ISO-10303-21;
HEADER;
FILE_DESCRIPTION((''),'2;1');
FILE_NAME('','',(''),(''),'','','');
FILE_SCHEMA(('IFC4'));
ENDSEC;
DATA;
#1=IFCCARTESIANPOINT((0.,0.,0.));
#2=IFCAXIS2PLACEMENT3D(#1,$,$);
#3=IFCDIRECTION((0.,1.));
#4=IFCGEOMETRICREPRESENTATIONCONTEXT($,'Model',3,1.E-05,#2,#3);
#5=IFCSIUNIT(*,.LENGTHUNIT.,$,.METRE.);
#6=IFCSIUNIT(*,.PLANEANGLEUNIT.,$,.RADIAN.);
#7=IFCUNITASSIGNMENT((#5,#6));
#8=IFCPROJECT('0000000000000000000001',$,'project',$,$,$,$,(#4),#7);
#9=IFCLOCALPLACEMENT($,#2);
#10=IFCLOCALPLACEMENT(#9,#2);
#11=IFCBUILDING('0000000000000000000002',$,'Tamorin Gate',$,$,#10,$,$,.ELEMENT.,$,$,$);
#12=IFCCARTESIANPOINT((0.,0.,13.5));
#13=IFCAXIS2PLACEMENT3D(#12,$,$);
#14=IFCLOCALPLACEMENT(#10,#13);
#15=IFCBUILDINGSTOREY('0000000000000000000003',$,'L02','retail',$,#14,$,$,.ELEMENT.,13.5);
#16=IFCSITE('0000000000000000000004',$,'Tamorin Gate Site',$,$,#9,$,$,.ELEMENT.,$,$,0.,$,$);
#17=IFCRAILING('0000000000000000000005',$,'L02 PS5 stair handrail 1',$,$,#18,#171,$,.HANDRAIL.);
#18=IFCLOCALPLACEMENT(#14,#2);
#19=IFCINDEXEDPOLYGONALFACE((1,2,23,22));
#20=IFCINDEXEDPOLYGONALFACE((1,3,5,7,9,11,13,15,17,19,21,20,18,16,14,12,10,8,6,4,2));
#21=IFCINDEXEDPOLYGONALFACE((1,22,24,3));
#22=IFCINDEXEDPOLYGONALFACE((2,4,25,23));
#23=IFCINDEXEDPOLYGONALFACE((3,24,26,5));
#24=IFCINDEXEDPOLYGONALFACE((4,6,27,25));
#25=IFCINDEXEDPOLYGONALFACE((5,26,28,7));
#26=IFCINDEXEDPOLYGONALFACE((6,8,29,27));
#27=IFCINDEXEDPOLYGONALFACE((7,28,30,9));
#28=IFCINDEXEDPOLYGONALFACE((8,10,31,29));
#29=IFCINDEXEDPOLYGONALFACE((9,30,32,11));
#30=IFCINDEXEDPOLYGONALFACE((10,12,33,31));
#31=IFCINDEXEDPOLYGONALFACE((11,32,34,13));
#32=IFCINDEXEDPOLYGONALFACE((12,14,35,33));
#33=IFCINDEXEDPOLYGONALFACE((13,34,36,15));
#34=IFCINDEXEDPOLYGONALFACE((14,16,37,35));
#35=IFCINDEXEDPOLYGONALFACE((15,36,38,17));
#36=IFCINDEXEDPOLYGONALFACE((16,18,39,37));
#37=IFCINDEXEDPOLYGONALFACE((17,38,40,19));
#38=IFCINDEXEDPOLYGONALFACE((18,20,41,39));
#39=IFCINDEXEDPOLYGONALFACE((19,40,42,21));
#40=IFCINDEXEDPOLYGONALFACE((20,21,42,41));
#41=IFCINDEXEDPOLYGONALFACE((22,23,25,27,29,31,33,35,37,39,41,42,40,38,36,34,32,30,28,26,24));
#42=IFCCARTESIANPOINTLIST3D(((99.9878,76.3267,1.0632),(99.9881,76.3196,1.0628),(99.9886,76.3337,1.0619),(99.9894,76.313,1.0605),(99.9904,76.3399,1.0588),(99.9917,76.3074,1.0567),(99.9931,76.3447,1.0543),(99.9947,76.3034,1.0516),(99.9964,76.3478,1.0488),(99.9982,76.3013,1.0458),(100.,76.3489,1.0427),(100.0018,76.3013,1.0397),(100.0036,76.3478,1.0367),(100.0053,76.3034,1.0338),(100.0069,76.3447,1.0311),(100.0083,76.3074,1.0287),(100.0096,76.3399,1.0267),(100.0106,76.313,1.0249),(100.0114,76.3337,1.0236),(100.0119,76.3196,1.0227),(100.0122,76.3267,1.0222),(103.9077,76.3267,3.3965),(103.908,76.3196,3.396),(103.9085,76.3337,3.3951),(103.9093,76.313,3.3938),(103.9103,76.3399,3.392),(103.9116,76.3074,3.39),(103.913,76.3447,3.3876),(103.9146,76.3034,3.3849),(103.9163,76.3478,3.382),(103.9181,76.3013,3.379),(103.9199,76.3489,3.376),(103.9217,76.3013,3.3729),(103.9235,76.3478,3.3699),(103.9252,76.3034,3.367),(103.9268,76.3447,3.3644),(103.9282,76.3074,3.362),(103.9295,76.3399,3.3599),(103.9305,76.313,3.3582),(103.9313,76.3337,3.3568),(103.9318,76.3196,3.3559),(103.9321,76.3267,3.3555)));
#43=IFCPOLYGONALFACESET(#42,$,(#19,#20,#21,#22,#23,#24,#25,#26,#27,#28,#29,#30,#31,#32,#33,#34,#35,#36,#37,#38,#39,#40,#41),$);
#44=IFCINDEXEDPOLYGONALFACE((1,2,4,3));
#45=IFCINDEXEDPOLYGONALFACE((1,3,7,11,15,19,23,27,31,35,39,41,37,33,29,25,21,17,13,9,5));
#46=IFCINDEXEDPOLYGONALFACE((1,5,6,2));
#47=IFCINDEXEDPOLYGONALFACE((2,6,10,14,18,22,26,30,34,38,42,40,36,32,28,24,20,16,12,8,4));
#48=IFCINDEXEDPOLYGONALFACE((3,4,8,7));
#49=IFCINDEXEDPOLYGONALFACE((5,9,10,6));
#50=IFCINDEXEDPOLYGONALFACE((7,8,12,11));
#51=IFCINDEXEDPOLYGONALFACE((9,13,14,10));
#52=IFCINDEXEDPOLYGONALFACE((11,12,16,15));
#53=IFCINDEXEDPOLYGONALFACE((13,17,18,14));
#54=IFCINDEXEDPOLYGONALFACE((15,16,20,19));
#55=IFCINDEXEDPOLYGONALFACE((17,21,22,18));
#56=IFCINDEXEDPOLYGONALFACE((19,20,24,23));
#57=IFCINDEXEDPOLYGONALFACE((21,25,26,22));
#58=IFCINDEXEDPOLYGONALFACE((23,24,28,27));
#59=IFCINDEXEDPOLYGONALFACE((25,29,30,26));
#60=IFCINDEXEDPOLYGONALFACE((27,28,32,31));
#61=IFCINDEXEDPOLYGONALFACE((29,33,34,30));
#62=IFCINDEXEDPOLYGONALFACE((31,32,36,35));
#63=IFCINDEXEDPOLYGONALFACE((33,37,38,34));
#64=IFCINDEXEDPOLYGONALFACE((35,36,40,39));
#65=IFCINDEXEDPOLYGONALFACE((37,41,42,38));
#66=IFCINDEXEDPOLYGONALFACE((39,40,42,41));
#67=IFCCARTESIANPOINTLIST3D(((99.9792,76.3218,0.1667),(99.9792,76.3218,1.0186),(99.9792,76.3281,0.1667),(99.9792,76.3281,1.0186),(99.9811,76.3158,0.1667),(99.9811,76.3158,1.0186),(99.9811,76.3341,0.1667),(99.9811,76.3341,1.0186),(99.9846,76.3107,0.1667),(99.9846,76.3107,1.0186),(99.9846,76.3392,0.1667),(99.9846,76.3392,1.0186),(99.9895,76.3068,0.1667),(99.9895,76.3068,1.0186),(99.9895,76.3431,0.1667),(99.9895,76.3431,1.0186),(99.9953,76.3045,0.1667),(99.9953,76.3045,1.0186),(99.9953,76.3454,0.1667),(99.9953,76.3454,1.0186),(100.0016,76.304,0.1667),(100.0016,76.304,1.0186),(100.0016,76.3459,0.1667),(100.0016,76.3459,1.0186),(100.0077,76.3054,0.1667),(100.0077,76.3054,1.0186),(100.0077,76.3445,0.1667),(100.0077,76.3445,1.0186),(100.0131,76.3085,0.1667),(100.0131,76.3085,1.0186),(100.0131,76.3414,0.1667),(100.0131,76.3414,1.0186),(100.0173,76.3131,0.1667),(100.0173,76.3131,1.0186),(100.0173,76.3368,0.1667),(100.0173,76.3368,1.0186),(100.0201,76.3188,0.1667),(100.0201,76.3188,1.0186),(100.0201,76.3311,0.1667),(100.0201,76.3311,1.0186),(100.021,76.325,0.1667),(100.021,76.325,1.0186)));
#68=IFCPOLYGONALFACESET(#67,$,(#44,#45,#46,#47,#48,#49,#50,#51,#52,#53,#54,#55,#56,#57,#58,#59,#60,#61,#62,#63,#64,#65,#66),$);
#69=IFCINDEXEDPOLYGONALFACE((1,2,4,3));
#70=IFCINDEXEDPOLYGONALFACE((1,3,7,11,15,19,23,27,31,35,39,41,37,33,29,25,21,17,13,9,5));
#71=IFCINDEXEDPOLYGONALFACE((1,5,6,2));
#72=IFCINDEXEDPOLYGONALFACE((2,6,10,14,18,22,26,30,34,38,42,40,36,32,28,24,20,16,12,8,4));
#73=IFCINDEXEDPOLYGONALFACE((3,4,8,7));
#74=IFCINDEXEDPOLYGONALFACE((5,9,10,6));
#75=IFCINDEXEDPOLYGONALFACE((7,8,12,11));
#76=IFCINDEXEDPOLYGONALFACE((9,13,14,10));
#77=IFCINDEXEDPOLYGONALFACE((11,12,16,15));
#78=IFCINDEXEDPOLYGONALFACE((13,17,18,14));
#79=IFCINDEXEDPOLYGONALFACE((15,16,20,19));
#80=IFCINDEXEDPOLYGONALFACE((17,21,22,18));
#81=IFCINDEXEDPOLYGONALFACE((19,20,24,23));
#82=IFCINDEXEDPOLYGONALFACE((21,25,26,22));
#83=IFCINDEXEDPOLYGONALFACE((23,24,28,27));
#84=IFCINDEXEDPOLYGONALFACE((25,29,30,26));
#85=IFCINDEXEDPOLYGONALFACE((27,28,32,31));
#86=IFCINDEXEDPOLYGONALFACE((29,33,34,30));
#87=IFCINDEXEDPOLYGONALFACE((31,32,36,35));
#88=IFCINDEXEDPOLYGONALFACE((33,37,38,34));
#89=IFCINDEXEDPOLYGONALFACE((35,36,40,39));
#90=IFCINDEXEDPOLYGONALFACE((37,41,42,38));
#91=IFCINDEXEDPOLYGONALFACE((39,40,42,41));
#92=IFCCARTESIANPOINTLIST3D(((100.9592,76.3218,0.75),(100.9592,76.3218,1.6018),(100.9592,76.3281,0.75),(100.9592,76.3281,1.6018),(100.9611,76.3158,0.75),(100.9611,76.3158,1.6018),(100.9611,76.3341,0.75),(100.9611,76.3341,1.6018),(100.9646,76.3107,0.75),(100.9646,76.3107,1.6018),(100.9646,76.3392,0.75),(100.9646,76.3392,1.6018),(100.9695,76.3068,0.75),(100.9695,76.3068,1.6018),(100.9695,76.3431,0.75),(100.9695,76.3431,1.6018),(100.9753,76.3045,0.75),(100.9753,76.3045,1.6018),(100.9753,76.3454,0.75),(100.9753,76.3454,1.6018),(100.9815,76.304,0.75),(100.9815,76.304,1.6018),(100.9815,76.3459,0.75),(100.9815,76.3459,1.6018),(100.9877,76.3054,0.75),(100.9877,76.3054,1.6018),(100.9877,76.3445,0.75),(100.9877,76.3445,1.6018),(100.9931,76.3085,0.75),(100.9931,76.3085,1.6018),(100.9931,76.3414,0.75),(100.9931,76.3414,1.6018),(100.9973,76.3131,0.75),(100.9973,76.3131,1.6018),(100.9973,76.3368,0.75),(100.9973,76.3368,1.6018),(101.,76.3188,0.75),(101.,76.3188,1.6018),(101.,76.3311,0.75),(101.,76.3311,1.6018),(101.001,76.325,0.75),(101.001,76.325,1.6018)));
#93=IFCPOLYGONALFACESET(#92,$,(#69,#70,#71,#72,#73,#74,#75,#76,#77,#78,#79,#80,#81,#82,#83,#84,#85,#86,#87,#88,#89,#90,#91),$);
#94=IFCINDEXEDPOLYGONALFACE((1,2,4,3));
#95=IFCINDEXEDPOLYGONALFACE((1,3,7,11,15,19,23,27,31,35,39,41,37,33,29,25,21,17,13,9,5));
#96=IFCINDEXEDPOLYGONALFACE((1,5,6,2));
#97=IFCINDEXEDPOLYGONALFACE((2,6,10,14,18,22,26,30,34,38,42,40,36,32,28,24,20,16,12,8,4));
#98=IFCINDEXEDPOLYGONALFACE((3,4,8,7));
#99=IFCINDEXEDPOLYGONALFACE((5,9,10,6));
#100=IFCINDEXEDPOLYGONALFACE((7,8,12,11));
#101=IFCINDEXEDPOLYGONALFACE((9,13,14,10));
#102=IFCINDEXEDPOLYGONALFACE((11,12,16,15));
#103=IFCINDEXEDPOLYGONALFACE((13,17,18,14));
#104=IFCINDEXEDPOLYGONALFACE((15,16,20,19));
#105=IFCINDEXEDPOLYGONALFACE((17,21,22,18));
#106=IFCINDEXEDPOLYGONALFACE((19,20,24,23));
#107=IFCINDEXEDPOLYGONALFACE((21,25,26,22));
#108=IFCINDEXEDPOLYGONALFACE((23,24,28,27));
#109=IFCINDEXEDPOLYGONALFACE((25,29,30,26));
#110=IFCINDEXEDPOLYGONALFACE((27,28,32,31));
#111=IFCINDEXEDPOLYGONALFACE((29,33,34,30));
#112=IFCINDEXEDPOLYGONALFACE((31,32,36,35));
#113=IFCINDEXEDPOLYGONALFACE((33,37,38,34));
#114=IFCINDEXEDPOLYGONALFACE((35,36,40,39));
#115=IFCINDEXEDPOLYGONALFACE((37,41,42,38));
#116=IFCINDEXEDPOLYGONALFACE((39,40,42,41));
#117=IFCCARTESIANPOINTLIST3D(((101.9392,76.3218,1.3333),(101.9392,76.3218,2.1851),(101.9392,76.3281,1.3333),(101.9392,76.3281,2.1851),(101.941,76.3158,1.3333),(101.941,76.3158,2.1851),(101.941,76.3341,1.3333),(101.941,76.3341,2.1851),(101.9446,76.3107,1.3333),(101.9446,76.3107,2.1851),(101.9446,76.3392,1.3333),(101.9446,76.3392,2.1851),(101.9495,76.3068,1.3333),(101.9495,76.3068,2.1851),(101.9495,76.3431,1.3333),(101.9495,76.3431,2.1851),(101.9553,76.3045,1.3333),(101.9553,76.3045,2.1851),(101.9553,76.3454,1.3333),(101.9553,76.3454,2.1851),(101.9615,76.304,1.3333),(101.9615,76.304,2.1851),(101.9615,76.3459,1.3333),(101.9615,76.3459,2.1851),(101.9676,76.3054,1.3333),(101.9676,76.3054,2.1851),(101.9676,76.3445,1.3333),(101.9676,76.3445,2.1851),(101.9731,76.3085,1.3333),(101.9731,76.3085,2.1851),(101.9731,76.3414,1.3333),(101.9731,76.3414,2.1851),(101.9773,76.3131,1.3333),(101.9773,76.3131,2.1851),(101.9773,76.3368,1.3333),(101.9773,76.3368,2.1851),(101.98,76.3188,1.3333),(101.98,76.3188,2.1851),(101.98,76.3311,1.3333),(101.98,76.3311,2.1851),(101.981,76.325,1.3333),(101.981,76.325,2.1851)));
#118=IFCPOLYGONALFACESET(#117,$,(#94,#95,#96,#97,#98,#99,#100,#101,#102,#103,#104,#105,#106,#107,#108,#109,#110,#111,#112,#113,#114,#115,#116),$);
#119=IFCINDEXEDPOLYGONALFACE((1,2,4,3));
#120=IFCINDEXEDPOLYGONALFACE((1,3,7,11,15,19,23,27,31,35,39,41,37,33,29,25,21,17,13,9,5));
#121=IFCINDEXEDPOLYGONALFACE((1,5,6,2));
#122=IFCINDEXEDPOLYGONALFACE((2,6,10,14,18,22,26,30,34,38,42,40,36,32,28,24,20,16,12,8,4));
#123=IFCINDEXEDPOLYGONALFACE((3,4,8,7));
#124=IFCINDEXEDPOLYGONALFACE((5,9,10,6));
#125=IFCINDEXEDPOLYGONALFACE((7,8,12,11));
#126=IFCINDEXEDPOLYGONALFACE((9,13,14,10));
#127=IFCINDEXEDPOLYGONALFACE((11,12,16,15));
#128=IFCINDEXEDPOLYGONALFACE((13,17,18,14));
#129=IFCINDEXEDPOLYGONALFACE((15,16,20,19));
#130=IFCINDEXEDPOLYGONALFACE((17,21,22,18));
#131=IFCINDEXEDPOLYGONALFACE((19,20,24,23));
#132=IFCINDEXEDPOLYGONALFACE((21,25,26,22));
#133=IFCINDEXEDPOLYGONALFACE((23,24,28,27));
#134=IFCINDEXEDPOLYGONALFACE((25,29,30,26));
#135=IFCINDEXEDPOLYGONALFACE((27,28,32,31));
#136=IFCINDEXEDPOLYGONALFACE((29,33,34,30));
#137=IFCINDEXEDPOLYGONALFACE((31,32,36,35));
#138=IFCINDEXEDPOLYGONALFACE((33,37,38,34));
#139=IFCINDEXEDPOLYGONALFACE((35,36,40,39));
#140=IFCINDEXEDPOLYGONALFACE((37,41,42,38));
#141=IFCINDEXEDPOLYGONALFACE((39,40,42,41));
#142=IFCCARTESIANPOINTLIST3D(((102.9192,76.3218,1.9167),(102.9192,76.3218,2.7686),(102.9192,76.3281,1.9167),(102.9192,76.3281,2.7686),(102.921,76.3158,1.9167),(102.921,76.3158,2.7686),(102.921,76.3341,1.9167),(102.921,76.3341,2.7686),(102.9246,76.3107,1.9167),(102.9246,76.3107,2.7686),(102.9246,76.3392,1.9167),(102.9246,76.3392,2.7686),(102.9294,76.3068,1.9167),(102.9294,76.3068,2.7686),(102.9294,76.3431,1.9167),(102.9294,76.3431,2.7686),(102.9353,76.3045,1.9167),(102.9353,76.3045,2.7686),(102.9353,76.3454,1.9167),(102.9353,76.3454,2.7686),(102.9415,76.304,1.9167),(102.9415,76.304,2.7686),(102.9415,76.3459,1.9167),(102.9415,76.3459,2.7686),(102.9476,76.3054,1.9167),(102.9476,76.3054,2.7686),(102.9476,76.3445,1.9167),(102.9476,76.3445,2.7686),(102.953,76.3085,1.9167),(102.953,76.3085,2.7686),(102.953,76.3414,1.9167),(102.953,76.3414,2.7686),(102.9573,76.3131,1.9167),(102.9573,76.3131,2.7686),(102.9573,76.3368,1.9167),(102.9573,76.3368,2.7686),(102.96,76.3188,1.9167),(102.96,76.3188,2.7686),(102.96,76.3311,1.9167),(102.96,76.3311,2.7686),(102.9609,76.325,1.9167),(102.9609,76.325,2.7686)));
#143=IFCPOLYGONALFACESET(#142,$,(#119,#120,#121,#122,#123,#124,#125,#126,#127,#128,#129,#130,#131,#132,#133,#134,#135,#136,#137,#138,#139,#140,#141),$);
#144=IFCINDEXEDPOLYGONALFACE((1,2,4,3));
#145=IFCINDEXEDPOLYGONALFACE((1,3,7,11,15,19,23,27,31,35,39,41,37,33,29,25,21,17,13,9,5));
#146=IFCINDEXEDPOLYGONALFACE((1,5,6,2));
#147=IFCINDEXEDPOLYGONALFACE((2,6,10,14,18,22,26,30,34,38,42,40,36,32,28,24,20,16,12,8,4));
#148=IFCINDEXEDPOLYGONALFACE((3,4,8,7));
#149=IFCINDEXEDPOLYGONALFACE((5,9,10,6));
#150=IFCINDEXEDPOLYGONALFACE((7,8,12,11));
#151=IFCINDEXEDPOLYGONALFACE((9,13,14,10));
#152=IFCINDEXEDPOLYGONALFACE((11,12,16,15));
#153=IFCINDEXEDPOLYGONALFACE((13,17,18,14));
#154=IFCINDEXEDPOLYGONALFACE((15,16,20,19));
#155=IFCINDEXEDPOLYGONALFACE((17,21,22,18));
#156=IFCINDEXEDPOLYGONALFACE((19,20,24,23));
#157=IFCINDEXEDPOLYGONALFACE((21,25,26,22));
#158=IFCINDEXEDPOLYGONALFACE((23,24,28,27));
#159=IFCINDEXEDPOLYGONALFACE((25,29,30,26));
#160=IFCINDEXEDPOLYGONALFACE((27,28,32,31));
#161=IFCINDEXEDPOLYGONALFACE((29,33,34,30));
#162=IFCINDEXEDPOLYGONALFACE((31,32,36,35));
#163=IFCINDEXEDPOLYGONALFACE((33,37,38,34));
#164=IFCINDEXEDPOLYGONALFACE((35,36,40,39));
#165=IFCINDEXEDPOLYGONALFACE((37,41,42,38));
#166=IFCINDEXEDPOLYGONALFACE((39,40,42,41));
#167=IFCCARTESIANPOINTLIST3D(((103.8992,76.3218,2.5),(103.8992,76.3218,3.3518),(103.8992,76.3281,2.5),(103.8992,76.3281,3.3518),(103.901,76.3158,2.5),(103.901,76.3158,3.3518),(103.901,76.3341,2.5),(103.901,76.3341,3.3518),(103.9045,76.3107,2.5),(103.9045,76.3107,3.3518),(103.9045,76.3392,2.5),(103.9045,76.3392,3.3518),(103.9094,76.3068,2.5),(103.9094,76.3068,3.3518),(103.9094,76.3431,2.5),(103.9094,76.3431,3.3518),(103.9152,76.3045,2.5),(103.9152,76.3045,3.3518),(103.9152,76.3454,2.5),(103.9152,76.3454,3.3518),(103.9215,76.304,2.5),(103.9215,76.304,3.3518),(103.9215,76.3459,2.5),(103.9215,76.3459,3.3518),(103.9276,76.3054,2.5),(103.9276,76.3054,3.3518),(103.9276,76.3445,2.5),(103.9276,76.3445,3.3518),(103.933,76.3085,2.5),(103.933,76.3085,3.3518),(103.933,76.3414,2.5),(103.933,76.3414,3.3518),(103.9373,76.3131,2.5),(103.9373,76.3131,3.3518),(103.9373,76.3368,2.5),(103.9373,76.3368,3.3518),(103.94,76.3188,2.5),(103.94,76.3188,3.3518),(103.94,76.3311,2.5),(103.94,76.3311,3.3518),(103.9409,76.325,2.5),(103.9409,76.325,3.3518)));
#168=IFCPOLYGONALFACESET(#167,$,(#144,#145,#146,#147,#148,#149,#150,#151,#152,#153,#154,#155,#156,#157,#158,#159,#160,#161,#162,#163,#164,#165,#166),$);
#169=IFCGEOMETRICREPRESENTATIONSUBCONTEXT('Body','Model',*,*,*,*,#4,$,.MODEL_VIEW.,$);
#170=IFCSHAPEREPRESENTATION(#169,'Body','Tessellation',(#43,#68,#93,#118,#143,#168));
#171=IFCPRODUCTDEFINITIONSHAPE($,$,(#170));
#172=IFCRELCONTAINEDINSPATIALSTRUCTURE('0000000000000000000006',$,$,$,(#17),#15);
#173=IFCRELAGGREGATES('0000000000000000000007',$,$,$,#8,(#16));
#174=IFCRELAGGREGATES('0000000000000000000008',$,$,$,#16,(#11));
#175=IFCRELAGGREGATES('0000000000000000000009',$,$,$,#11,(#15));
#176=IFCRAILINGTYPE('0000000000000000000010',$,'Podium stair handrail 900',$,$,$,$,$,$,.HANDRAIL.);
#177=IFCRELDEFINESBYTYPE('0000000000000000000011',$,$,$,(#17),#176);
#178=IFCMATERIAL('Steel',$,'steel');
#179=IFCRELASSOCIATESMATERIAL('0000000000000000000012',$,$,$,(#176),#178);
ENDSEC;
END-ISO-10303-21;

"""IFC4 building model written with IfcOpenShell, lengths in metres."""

from ifc_helpers import new_model, si_unit, direction, frame, origin, origin_2d, place, context, subcontext, project, spatial, circle, extrude, material, type_object, element, save


model = new_model("IFC4")

# Units and contexts
model_context = context("Model", 3, precision=1e-05, world=origin(), true_north=direction((0.0, 1.0)))
body_context = subcontext(model_context, "Body", "Model", "MODEL_VIEW")
ifc_project = project(units=[si_unit("LENGTHUNIT", "METRE"), si_unit("PLANEANGLEUNIT", "RADIAN")], contexts=[model_context])

# Site, building, storey
site_placement = place(None, origin())
site = spatial("IfcSite", under=ifc_project, at=site_placement, Name="Tamorin Gate Site", CompositionType="ELEMENT", RefElevation=0.0)
building_placement = place(site_placement, origin())
building = spatial("IfcBuilding", under=site, at=building_placement, Name="Tamorin Gate", CompositionType="ELEMENT")
storey_placement = place(building_placement, frame((0.0, 0.0, 13.5)))
storey = spatial("IfcBuildingStorey", under=building, at=storey_placement, Name="L02", Description="retail", CompositionType="ELEMENT", Elevation=13.5)

# Railing
ifc_material_1 = material(Name="Steel", Category="steel")
railing_type_1 = type_object("IfcRailingType", Name="Podium stair handrail 900", PredefinedType="HANDRAIL", material=ifc_material_1)
railing_1_placement = place(storey_placement, frame((100.0, 76.325, 0.1667)))
element("IfcRailing", 1, at=railing_1_placement, inside=storey, type_object=railing_type_1, Name="L02 PS5 stair handrail 1", PredefinedType="HANDRAIL", context=body_context, shape_type="SweptSolid", body=[
    extrude(circle(Radius=0.0239, at=origin_2d()), frame((0.0, 0.0, 0.876), z_axis=(0.859296, 0.0, 0.511478), x_axis=(0.0, 1.0, 0.0)), (0.0, 0.0, 1.0), 4.5618),
    extrude(circle(Radius=0.021, at=origin_2d()), origin(), (0.0, 0.0, 1.0), 0.8518),
    extrude(circle(Radius=0.021, at=origin_2d()), frame((0.98, 0.0, 0.5833)), (0.0, 0.0, 1.0), 0.8518),
    extrude(circle(Radius=0.021, at=origin_2d()), frame((1.96, 0.0, 1.1665)), (0.0, 0.0, 1.0), 0.8518),
    extrude(circle(Radius=0.021, at=origin_2d()), frame((2.9399, 0.0, 1.75)), (0.0, 0.0, 1.0), 0.8518),
    extrude(circle(Radius=0.021, at=origin_2d()), frame((3.9199, 0.0, 2.3333)), (0.0, 0.0, 1.0), 0.8518),
])

save(model, "model.ifc")
